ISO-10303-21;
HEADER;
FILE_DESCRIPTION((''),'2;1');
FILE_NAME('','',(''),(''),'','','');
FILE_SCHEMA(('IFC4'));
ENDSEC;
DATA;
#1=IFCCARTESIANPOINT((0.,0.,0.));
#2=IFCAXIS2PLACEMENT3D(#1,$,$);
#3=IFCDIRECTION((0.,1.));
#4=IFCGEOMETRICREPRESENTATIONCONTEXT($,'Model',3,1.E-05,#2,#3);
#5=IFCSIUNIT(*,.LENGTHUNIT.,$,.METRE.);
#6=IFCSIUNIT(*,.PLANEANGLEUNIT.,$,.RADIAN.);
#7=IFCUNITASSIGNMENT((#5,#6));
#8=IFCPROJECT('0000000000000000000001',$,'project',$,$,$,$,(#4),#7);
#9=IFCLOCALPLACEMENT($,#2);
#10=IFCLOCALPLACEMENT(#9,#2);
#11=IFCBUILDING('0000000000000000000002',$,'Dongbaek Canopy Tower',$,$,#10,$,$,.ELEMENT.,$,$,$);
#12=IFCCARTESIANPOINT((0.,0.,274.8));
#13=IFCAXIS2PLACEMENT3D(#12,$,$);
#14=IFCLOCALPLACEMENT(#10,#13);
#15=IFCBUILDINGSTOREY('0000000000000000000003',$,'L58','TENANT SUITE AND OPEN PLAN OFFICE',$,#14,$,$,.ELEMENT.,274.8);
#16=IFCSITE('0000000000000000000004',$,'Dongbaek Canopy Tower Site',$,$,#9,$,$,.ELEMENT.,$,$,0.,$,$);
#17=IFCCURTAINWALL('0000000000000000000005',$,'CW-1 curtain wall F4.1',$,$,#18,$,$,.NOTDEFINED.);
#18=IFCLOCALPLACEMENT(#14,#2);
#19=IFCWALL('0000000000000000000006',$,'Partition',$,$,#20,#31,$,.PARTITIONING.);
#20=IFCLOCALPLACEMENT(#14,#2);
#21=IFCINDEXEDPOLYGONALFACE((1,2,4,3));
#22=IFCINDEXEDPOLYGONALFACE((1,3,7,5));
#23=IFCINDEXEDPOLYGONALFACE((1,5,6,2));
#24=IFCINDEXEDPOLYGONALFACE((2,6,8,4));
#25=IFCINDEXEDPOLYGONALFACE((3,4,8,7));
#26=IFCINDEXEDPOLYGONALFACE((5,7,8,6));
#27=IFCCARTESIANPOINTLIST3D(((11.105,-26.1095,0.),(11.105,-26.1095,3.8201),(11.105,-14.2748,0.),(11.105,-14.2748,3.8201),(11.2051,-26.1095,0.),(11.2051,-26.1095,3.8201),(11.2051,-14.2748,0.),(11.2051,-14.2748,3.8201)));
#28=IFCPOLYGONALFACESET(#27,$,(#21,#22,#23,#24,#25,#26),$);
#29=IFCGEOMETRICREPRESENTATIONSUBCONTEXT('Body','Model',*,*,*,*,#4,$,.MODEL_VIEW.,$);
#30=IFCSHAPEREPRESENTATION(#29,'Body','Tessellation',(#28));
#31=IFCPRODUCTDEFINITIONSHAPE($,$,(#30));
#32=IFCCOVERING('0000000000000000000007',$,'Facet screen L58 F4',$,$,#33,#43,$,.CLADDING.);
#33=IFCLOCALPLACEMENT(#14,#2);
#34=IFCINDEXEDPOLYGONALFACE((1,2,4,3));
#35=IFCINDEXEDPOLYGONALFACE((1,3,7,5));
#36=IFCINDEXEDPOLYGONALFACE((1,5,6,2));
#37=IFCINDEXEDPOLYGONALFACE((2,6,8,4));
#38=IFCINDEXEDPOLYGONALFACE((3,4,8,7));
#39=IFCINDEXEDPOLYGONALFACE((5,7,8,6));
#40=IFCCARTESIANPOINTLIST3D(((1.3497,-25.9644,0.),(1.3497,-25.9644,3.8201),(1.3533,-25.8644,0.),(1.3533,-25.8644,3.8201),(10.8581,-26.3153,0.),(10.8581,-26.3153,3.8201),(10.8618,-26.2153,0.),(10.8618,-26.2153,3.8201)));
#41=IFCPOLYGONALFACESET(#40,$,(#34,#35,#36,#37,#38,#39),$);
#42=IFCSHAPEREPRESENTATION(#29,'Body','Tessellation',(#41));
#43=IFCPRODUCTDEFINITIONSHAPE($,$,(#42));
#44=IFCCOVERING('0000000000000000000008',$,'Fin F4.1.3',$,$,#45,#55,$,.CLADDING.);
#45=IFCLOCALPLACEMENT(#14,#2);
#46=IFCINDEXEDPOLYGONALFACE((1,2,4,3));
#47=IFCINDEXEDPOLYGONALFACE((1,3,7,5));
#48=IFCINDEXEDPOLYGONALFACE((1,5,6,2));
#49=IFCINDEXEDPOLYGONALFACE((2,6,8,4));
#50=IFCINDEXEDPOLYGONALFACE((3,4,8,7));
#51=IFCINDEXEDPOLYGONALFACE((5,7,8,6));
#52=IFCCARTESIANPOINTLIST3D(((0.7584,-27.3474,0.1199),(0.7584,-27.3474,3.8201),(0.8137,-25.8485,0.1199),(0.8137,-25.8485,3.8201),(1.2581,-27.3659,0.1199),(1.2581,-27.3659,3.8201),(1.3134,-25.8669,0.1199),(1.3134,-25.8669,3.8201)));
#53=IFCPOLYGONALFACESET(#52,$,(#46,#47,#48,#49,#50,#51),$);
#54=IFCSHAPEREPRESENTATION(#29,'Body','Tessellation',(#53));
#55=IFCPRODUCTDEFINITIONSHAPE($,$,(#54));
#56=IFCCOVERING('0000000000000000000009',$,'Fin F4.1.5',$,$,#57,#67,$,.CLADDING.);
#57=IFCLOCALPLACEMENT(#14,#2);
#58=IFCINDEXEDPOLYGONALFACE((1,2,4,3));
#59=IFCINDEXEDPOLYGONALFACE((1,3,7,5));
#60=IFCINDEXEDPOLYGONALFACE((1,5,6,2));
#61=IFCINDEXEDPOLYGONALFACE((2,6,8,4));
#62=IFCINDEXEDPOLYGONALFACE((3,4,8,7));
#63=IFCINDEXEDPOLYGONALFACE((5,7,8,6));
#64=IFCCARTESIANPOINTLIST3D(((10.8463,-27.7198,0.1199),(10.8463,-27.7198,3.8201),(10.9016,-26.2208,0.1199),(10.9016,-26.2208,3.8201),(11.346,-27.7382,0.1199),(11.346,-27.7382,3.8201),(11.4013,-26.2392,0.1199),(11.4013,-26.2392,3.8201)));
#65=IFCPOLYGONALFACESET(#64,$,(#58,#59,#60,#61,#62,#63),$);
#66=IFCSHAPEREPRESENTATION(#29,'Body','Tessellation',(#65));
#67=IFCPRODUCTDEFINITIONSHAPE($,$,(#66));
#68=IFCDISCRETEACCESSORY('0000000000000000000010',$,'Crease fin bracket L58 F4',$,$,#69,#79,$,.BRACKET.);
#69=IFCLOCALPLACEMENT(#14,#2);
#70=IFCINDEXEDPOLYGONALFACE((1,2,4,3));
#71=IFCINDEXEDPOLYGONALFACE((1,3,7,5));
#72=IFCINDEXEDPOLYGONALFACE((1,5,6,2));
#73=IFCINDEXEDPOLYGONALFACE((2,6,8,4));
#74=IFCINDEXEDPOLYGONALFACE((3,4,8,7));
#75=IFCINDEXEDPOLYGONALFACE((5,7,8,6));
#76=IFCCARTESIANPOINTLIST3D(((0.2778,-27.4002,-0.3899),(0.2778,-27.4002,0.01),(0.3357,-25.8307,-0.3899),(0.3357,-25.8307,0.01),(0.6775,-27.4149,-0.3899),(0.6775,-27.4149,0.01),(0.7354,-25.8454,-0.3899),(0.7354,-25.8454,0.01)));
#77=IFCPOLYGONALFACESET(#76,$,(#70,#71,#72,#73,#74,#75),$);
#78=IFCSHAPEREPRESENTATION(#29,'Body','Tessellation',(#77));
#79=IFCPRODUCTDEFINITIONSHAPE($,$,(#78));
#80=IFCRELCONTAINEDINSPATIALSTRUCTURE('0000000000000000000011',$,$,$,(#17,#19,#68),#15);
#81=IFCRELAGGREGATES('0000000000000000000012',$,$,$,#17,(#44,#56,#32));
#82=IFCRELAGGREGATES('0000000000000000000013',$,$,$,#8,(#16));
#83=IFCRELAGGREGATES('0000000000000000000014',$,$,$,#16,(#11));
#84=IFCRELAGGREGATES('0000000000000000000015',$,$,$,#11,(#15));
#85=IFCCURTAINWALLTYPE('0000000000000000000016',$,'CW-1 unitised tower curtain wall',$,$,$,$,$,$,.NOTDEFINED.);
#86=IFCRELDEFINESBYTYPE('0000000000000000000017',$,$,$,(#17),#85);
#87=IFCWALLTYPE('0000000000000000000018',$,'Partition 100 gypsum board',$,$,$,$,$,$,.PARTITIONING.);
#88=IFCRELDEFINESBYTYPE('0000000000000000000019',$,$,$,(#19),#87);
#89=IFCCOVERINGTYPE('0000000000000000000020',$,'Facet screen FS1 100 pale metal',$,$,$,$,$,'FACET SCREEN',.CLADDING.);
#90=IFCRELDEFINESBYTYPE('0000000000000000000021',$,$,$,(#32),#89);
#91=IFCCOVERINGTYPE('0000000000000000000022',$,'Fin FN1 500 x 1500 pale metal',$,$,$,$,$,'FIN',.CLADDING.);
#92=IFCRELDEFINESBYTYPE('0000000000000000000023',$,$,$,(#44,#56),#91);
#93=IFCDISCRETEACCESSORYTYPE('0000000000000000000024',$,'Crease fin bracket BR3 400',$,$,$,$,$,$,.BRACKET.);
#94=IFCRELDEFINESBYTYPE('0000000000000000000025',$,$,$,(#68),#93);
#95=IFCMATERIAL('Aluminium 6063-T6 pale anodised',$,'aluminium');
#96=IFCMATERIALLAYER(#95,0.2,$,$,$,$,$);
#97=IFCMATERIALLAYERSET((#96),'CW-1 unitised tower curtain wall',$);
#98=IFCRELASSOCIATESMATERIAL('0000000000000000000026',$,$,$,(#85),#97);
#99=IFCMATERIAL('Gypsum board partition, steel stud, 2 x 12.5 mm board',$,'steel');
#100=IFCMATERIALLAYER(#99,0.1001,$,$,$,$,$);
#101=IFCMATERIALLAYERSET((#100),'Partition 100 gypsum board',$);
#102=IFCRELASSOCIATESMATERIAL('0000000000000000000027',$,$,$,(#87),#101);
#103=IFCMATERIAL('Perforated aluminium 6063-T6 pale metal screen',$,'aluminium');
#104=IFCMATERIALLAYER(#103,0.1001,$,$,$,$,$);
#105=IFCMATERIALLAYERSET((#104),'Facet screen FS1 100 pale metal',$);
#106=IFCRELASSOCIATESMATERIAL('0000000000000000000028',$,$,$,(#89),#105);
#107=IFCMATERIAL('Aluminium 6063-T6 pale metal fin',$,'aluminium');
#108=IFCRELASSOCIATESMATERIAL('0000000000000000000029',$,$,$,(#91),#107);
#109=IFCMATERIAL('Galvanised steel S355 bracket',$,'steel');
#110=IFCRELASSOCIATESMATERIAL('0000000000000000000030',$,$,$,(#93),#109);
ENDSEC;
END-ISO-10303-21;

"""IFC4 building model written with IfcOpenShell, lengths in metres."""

from ifc_helpers import new_model, si_unit, direction, frame, frame_2d, origin, origin_2d, place, context, subcontext, project, spatial, rectangle, extrude, material, layer, layer_set, material_profile, profile_set, type_object, element, aggregate, save


model = new_model("IFC4")

# Units and contexts
model_context = context("Model", 3, precision=1e-05, world=origin(), true_north=direction((0.0, 1.0)))
body_context = subcontext(model_context, "Body", "Model", "MODEL_VIEW")
ifc_project = project(units=[si_unit("LENGTHUNIT", "METRE"), si_unit("PLANEANGLEUNIT", "RADIAN")], contexts=[model_context])

# Site, building, storey
site_placement = place(None, origin())
site = spatial("IfcSite", under=ifc_project, at=site_placement, Name="Dongbaek Canopy Tower Site", CompositionType="ELEMENT", RefElevation=0.0)
building_placement = place(site_placement, origin())
building = spatial("IfcBuilding", under=site, at=building_placement, Name="Dongbaek Canopy Tower", CompositionType="ELEMENT")
storey_placement = place(building_placement, frame((0.0, 0.0, 274.8)))
storey = spatial("IfcBuildingStorey", under=building, at=storey_placement, Name="L58", Description="TENANT SUITE AND OPEN PLAN OFFICE", CompositionType="ELEMENT", Elevation=274.8)

# Curtain wall
ifc_material_1 = material(Name="Aluminium 6063-T6 pale anodised", Category="aluminium")
ifc_layer_1 = layer(ifc_material_1, 0.2)
ifc_layer_set_1 = layer_set([ifc_layer_1], Name="CW-1 unitised tower curtain wall")
curtain_wall_type = type_object("IfcCurtainWallType", Name="CW-1 unitised tower curtain wall", PredefinedType="NOTDEFINED", material=ifc_layer_set_1)
curtain_wall_1_placement = place(storey_placement, origin())
curtain_wall_1 = element("IfcCurtainWall", 1, at=curtain_wall_1_placement, inside=storey, type_object=curtain_wall_type, Name="CW-1 curtain wall F4.1", PredefinedType="NOTDEFINED")

# Wall
ifc_material_2 = material(Name="Gypsum board partition, steel stud, 2 x 12.5 mm board", Category="steel")
ifc_layer_2 = layer(ifc_material_2, 0.1001)
ifc_layer_set_2 = layer_set([ifc_layer_2], Name="Partition 100 gypsum board")
wall_type_1 = type_object("IfcWallType", Name="Partition 100 gypsum board", PredefinedType="PARTITIONING", material=ifc_layer_set_2)
wall_1_placement = place(storey_placement, frame((11.155, -26.1096, 0.0), z_axis=(0.0, 0.0, 1.0), x_axis=(0.0, 1.0, 0.0)))
element("IfcWall", 2, at=wall_1_placement, inside=storey, type_object=wall_type_1, Name="Partition", PredefinedType="PARTITIONING", context=body_context, shape_type="SweptSolid", body=[
    extrude(rectangle(XDim=11.8347, YDim=0.1001, at=frame_2d((5.9175, 0.0))), origin(), (0.0, 0.0, 1.0), 3.8201),
])

# Coverings
ifc_material_3 = material(Name="Perforated aluminium 6063-T6 pale metal screen", Category="aluminium")
ifc_layer_3 = layer(ifc_material_3, 0.1001)
ifc_layer_set_3 = layer_set([ifc_layer_3], Name="Facet screen FS1 100 pale metal")
covering_type_1 = type_object("IfcCoveringType", Name="Facet screen FS1 100 pale metal", ElementType="FACET SCREEN", PredefinedType="CLADDING", material=ifc_layer_set_3)
covering_1_placement = place(storey_placement, frame((6.1057, -26.0898, 0.0), z_axis=(0.0, 0.0, 1.0), x_axis=(0.99932, -0.036874, 0.0)))
covering_1 = element("IfcCovering", 3, at=covering_1_placement, type_object=covering_type_1, Name="Facet screen L58 F4", PredefinedType="CLADDING", context=body_context, shape_type="SweptSolid", body=[
    extrude(rectangle(XDim=9.5149, YDim=0.1001, at=origin_2d()), origin(), (0.0, 0.0, 1.0), 3.8201),
])
ifc_material_4 = material(Name="Aluminium 6063-T6 pale metal fin", Category="aluminium")
ifc_material_profile_1 = material_profile(ifc_material_4, rectangle(XDim=1.5, YDim=0.5, at=origin_2d()), Name="Fin FN1 500 x 1500 pale metal")
ifc_profile_set_1 = profile_set([ifc_material_profile_1], Name="Aluminium 6063-T6 pale metal fin")
covering_type_2 = type_object("IfcCoveringType", Name="Fin FN1 500 x 1500 pale metal", ElementType="FIN", PredefinedType="CLADDING", material=ifc_profile_set_1)
covering_2_placement = place(storey_placement, frame((1.0359, -26.6072, 0.1199), z_axis=(0.0, 0.0, 1.0), x_axis=(-0.036874, -0.99932, 0.0)))
covering_2 = element("IfcCovering", 4, at=covering_2_placement, type_object=covering_type_2, Name="Fin F4.1.3", PredefinedType="CLADDING", context=body_context, shape_type="SweptSolid", body=[
    extrude(rectangle(XDim=1.5, YDim=0.5, at=origin_2d()), origin(), (0.0, 0.0, 1.0), 3.7002),
])
covering_3_placement = place(storey_placement, frame((11.1238, -26.9795, 0.1199), z_axis=(0.0, 0.0, 1.0), x_axis=(-0.036874, -0.99932, 0.0)))
covering_3 = element("IfcCovering", 5, at=covering_3_placement, type_object=covering_type_2, Name="Fin F4.1.5", PredefinedType="CLADDING", context=body_context, shape_type="SweptSolid", body=[
    extrude(rectangle(XDim=1.5, YDim=0.5, at=origin_2d()), origin(), (0.0, 0.0, 1.0), 3.7002),
])
aggregate(curtain_wall_1, [covering_2, covering_3, covering_1])

# Discrete accessory
ifc_material_5 = material(Name="Galvanised steel S355 bracket", Category="steel")
discrete_accessory_type = type_object("IfcDiscreteAccessoryType", Name="Crease fin bracket BR3 400", PredefinedType="BRACKET", material=ifc_material_5)
discrete_accessory_placement = place(storey_placement, frame((0.5066, -26.6228, -0.3899), z_axis=(0.0, 0.0, 1.0), x_axis=(-0.036874, -0.99932, 0.0)))
element("IfcDiscreteAccessory", 6, at=discrete_accessory_placement, inside=storey, type_object=discrete_accessory_type, Name="Crease fin bracket L58 F4", PredefinedType="BRACKET", context=body_context, shape_type="SweptSolid", body=[
    extrude(rectangle(XDim=1.5706, YDim=0.3999, at=origin_2d()), origin(), (0.0, 0.0, 1.0), 0.3999),
])

save(model, "model.ifc")
